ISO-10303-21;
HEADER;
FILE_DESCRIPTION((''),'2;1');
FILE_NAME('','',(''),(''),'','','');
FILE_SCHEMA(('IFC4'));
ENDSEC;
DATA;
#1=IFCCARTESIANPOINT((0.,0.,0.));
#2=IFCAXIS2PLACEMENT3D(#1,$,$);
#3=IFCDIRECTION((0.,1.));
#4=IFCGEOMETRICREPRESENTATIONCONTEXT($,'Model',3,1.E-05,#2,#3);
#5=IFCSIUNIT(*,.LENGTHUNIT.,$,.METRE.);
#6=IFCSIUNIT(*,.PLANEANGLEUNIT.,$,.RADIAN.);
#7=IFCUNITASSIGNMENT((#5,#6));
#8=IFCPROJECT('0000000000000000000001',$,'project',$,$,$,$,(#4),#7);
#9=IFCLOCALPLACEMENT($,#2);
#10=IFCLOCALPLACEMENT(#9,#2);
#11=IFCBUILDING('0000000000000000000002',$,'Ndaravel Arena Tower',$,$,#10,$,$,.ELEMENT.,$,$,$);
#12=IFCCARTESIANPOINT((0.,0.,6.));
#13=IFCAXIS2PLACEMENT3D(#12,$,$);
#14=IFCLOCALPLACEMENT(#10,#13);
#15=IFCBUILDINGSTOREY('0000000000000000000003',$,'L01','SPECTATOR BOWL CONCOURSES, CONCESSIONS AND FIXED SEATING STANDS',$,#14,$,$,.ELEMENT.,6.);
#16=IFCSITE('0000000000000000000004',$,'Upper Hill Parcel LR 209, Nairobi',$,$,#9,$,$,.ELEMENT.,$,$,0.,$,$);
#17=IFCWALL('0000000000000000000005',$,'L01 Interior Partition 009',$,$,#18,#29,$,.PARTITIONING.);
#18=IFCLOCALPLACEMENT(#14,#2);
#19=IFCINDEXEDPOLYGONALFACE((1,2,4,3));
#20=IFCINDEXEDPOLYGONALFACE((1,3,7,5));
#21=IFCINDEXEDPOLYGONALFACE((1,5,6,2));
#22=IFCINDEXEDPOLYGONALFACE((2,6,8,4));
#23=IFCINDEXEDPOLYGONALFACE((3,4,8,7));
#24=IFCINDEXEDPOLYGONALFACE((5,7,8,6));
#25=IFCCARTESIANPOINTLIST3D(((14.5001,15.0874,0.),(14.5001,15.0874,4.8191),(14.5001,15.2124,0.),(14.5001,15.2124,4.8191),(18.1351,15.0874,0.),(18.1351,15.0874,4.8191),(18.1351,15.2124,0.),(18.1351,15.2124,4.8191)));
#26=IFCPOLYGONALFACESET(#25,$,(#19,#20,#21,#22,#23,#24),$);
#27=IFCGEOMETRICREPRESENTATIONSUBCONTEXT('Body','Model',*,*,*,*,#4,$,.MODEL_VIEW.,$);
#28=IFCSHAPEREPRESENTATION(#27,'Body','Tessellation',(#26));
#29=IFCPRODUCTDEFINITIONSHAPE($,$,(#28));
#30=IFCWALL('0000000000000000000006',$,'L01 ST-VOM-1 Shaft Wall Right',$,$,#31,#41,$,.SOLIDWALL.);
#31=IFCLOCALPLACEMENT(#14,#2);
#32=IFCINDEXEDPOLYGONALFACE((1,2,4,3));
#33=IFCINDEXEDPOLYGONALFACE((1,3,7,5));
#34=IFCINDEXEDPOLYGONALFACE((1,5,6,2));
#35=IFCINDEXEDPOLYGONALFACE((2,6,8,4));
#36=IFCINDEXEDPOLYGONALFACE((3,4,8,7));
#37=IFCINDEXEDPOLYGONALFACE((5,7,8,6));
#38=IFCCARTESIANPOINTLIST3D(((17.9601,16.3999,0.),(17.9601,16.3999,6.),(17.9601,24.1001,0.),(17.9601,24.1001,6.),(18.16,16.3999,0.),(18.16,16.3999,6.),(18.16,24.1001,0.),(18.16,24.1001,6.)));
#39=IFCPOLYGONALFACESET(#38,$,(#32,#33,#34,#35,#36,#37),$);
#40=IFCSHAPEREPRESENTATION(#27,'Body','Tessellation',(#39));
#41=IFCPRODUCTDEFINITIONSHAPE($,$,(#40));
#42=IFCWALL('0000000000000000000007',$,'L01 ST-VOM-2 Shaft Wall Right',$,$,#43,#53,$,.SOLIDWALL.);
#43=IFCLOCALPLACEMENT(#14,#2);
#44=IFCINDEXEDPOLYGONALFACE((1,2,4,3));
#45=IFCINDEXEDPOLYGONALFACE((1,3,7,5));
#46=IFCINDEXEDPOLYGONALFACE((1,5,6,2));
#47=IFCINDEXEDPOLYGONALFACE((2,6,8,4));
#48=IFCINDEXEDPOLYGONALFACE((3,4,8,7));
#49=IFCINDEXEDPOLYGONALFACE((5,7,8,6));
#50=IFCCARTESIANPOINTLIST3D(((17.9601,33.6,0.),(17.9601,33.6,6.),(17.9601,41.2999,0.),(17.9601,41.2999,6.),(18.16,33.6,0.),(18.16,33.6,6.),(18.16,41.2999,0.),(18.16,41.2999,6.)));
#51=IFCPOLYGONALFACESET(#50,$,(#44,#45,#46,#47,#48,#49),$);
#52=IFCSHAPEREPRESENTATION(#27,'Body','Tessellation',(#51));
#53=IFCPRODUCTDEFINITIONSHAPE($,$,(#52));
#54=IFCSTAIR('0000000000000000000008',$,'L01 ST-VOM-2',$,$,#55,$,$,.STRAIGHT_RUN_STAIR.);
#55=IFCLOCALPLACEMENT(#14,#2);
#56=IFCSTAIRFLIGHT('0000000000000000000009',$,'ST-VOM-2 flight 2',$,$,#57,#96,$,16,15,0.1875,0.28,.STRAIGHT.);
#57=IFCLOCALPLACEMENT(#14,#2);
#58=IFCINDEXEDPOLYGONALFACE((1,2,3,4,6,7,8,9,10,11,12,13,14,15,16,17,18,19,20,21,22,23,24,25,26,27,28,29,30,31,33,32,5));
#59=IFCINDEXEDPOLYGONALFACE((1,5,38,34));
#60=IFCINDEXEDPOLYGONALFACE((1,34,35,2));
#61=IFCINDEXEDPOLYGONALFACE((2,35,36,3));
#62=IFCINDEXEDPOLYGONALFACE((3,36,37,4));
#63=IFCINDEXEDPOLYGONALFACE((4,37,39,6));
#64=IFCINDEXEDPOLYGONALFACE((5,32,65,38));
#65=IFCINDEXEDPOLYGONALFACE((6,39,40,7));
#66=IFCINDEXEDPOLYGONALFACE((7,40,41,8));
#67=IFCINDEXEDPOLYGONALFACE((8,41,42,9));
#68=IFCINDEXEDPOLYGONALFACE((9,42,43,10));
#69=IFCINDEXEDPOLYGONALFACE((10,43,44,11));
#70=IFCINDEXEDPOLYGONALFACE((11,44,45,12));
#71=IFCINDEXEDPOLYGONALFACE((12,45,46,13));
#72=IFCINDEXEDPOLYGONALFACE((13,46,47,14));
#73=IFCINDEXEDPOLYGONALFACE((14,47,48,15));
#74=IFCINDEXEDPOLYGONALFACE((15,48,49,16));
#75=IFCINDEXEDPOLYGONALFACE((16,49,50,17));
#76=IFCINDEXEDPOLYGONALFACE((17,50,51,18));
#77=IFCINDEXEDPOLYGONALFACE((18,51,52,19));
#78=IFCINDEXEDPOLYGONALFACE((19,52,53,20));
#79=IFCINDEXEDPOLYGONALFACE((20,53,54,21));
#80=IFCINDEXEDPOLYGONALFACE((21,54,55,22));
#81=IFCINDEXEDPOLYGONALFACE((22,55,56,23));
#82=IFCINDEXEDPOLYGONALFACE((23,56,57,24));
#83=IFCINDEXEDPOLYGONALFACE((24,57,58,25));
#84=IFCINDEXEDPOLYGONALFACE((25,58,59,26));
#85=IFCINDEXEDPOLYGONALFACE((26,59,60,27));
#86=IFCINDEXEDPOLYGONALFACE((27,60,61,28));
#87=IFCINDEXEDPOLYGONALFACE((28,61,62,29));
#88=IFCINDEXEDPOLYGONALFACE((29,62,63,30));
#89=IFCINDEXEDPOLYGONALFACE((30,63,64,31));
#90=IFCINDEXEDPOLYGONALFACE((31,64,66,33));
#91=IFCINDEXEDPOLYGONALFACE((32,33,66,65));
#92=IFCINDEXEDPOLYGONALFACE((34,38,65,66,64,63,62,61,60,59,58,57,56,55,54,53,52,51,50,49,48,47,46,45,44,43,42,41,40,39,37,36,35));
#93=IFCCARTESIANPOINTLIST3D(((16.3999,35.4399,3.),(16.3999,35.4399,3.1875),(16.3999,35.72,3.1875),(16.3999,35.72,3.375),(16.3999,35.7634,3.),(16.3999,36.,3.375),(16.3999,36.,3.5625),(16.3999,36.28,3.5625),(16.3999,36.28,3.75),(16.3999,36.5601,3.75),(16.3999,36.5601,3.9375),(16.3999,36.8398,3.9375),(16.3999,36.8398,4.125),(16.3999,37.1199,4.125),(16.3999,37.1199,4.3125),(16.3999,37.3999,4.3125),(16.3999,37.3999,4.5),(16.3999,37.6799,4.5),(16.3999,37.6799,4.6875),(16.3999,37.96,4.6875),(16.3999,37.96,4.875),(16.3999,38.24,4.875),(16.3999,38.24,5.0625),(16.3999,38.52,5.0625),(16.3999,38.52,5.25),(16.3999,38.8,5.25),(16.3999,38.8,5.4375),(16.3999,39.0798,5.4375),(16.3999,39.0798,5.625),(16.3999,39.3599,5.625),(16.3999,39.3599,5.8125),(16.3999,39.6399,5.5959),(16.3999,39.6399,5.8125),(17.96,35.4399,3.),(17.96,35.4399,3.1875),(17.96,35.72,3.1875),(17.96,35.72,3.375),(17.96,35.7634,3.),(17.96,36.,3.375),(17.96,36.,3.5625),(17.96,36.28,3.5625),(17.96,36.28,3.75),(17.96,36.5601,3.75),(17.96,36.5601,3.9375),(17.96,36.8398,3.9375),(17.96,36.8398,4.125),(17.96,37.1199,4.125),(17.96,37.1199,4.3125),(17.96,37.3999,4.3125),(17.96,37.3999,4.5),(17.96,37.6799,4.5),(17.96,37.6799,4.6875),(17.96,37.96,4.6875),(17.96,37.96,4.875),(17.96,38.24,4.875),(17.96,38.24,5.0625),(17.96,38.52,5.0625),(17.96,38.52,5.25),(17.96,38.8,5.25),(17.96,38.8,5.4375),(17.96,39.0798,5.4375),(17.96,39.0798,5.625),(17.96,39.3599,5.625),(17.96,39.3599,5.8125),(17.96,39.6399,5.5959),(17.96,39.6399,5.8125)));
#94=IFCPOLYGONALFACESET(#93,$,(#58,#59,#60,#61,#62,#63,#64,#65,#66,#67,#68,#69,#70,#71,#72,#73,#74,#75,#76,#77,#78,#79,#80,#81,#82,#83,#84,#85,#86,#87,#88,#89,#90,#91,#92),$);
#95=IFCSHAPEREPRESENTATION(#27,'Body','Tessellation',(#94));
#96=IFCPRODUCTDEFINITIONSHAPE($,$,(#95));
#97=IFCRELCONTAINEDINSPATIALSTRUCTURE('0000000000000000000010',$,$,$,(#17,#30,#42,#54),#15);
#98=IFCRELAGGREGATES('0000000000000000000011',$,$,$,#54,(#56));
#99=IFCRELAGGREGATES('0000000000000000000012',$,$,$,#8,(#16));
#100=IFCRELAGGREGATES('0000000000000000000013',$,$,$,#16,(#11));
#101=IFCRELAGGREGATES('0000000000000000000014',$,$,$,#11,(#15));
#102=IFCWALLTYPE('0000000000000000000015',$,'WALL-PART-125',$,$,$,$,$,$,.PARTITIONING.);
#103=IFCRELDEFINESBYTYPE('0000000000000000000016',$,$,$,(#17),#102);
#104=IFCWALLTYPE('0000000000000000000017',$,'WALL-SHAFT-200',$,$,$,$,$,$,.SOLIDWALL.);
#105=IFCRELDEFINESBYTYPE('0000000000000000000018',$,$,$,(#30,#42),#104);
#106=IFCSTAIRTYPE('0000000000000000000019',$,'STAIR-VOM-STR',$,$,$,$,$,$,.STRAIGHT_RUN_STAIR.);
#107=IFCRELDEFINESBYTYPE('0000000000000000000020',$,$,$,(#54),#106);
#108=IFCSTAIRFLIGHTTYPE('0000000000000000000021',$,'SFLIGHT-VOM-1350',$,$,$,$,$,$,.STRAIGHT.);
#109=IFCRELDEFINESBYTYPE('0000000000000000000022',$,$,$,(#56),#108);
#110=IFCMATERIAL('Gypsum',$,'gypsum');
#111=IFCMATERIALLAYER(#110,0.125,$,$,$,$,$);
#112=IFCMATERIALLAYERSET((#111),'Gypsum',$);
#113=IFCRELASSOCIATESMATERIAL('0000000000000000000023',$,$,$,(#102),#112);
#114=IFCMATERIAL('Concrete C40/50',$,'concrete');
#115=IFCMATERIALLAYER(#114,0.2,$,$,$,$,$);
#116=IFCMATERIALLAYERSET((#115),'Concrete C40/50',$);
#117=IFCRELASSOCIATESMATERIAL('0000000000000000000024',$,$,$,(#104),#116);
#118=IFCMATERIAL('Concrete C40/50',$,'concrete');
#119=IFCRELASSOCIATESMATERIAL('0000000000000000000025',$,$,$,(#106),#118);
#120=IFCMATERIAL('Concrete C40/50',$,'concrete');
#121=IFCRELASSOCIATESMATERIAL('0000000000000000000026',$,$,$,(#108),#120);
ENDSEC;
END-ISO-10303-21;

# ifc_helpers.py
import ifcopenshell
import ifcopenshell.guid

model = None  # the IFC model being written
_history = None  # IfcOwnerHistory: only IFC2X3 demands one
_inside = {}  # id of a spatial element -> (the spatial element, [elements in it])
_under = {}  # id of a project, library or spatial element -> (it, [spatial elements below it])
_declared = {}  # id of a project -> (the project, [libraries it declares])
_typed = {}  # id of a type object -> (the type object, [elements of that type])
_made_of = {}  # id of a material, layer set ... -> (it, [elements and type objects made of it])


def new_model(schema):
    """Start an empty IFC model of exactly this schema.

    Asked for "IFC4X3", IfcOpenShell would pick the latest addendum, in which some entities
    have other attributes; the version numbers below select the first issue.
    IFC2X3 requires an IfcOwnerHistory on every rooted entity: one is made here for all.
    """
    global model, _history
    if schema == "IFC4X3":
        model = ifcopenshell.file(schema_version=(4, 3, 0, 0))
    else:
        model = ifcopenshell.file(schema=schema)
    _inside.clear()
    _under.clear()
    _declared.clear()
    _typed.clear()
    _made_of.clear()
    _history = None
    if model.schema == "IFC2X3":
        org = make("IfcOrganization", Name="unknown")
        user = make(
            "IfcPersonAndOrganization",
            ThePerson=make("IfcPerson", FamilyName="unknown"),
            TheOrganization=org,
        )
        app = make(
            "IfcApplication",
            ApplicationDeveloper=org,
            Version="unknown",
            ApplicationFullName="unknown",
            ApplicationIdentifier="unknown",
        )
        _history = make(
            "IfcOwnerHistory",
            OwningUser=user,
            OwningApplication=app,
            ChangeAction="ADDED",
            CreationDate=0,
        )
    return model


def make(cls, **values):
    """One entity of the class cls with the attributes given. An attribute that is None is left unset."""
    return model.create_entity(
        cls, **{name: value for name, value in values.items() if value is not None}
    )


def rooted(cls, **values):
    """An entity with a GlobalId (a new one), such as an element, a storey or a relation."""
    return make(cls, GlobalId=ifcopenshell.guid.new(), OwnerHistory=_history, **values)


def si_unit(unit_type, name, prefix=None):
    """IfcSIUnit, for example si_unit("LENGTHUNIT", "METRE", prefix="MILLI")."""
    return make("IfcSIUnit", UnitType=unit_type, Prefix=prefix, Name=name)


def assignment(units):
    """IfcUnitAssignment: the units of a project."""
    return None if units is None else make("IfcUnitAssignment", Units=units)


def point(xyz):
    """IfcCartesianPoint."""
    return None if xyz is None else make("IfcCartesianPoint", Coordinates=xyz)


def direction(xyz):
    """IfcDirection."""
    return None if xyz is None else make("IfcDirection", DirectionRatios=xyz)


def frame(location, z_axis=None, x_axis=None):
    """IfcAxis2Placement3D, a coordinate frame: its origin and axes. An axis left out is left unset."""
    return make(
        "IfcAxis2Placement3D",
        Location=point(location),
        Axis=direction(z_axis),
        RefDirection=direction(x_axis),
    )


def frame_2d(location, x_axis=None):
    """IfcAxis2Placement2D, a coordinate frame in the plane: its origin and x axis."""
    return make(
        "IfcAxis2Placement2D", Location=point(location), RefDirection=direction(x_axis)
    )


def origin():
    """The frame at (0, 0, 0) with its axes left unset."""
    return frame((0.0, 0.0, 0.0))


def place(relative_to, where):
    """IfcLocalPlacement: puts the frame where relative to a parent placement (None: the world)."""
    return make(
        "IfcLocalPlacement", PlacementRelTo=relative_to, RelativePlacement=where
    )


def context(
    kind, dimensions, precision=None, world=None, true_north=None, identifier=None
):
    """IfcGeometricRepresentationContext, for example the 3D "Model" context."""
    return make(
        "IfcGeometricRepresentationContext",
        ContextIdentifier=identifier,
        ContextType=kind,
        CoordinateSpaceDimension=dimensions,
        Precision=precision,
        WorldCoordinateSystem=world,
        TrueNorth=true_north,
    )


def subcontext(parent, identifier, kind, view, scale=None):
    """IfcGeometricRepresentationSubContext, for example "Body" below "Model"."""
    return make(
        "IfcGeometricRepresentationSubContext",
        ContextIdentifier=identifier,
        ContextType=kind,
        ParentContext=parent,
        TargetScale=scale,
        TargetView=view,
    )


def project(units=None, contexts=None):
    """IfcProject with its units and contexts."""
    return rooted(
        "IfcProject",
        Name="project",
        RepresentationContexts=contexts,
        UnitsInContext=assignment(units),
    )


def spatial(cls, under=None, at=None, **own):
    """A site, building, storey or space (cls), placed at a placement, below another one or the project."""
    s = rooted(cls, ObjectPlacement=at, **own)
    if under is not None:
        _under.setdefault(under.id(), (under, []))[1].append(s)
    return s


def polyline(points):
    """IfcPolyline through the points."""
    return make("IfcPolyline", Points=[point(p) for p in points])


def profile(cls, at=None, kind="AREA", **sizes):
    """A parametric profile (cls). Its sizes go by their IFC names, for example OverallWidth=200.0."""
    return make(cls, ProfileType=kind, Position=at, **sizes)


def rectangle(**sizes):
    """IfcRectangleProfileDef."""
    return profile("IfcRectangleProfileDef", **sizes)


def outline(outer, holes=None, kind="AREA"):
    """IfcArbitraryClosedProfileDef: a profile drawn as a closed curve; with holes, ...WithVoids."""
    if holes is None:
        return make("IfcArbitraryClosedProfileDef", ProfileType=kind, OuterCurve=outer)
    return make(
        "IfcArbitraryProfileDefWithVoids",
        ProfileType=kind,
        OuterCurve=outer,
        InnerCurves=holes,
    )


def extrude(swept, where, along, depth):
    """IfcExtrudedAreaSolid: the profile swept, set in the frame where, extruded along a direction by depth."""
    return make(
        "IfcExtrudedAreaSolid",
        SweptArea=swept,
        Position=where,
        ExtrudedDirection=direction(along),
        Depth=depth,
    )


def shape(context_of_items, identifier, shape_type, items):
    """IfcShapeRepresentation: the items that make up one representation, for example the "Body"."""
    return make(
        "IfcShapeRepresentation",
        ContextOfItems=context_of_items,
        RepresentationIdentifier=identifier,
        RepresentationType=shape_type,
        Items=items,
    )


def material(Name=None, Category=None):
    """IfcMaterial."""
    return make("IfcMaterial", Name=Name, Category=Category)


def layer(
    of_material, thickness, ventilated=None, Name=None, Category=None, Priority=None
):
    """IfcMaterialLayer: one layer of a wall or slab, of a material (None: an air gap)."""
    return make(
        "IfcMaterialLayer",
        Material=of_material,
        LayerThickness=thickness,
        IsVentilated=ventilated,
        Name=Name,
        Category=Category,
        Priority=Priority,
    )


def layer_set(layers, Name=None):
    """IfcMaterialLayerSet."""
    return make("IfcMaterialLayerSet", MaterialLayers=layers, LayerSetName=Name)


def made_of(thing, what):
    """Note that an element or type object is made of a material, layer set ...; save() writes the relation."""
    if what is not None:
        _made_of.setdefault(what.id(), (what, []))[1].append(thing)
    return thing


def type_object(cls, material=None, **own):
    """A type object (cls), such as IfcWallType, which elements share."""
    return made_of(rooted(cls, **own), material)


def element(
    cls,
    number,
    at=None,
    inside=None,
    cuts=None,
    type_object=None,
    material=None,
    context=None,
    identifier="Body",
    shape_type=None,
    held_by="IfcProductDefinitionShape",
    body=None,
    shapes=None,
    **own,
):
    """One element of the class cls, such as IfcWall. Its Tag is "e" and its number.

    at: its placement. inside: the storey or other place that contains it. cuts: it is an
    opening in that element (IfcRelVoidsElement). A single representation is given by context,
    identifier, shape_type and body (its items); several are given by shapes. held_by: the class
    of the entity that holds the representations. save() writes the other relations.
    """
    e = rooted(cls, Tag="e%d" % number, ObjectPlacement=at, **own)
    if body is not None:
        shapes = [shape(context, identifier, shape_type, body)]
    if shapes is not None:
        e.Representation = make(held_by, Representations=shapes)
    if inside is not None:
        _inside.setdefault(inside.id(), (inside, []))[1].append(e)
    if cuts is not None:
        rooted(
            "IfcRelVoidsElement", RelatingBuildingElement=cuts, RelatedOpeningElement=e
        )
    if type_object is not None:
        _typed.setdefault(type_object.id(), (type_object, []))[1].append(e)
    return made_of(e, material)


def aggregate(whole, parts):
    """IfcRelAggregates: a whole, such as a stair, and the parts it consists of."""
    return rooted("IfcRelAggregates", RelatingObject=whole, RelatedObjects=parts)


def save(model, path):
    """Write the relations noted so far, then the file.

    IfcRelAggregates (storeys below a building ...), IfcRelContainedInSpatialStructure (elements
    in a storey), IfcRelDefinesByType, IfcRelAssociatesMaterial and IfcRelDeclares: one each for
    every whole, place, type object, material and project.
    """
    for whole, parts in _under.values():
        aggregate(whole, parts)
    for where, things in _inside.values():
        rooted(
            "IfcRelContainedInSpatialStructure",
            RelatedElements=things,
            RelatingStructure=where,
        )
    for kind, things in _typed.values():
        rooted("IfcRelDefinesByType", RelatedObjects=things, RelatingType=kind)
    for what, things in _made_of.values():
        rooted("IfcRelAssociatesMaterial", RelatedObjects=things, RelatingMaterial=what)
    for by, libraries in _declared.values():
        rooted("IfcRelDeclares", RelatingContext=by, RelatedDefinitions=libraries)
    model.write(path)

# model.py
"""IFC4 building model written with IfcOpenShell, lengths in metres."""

from ifc_helpers import new_model, si_unit, direction, frame, frame_2d, origin, place, context, subcontext, project, spatial, polyline, rectangle, outline, extrude, material, layer, layer_set, type_object, element, aggregate, save


model = new_model("IFC4")

# Units and contexts
model_context = context("Model", 3, precision=1e-05, world=origin(), true_north=direction((0.0, 1.0)))
body_context = subcontext(model_context, "Body", "Model", "MODEL_VIEW")
ifc_project = project(units=[si_unit("LENGTHUNIT", "METRE"), si_unit("PLANEANGLEUNIT", "RADIAN")], contexts=[model_context])

# Site, building, storey
site_placement = place(None, origin())
site = spatial("IfcSite", under=ifc_project, at=site_placement, Name="Upper Hill Parcel LR 209, Nairobi", CompositionType="ELEMENT", RefElevation=0.0)
building_placement = place(site_placement, origin())
building = spatial("IfcBuilding", under=site, at=building_placement, Name="Ndaravel Arena Tower", CompositionType="ELEMENT")
storey_placement = place(building_placement, frame((0.0, 0.0, 6.0)))
storey = spatial("IfcBuildingStorey", under=building, at=storey_placement, Name="L01", Description="SPECTATOR BOWL CONCOURSES, CONCESSIONS AND FIXED SEATING STANDS", CompositionType="ELEMENT", Elevation=6.0)

# Walls
ifc_material_1 = material(Name="Gypsum", Category="gypsum")
ifc_layer_1 = layer(ifc_material_1, 0.125)
ifc_layer_set_1 = layer_set([ifc_layer_1], Name="Gypsum")
wall_type_1 = type_object("IfcWallType", Name="WALL-PART-125", PredefinedType="PARTITIONING", material=ifc_layer_set_1)
wall_1_placement = place(storey_placement, frame((18.135, 15.1499, 0.0), z_axis=(0.0, 0.0, 1.0), x_axis=(-1.0, 0.0, 0.0)))
element("IfcWall", 1, at=wall_1_placement, inside=storey, type_object=wall_type_1, Name="L01 Interior Partition 009", PredefinedType="PARTITIONING", context=body_context, shape_type="SweptSolid", body=[
    extrude(rectangle(XDim=3.635, YDim=0.125, at=frame_2d((1.8174, 0.0))), origin(), (0.0, 0.0, 1.0), 4.8191),
])
ifc_material_2 = material(Name="Concrete C40/50", Category="concrete")
ifc_layer_2 = layer(ifc_material_2, 0.2)
ifc_layer_set_2 = layer_set([ifc_layer_2], Name="Concrete C40/50")
wall_type_2 = type_object("IfcWallType", Name="WALL-SHAFT-200", PredefinedType="SOLIDWALL", material=ifc_layer_set_2)
wall_2_placement = place(storey_placement, frame((18.0601, 24.1001, 0.0), z_axis=(0.0, 0.0, 1.0), x_axis=(0.0, -1.0, 0.0)))
element("IfcWall", 2, at=wall_2_placement, inside=storey, type_object=wall_type_2, Name="L01 ST-VOM-1 Shaft Wall Right", PredefinedType="SOLIDWALL", context=body_context, shape_type="SweptSolid", body=[
    extrude(rectangle(XDim=7.7002, YDim=0.2, at=frame_2d((3.8501, 0.0))), origin(), (0.0, 0.0, 1.0), 6.0),
])
wall_3_placement = place(storey_placement, frame((18.0601, 41.3, 0.0), z_axis=(0.0, 0.0, 1.0), x_axis=(0.0, -1.0, 0.0)))
element("IfcWall", 3, at=wall_3_placement, inside=storey, type_object=wall_type_2, Name="L01 ST-VOM-2 Shaft Wall Right", PredefinedType="SOLIDWALL", context=body_context, shape_type="SweptSolid", body=[
    extrude(rectangle(XDim=7.7, YDim=0.2, at=frame_2d((3.8501, 0.0))), origin(), (0.0, 0.0, 1.0), 6.0),
])

# Stair, stair flight
ifc_material_3 = material(Name="Concrete C40/50", Category="concrete")
stair_type = type_object("IfcStairType", Name="STAIR-VOM-STR", PredefinedType="STRAIGHT_RUN_STAIR", material=ifc_material_3)
stair_placement = place(storey_placement, origin())
stair = element("IfcStair", 4, at=stair_placement, inside=storey, type_object=stair_type, Name="L01 ST-VOM-2", PredefinedType="STRAIGHT_RUN_STAIR")
ifc_material_4 = material(Name="Concrete C40/50", Category="concrete")
stair_flight_type = type_object("IfcStairFlightType", Name="SFLIGHT-VOM-1350", PredefinedType="STRAIGHT", material=ifc_material_4)
stair_flight_placement = place(storey_placement, frame((17.1799, 35.4399, 3.0), z_axis=(0.0, 0.0, 1.0), x_axis=(0.0, 1.0, 0.0)))
stair_flight = element("IfcStairFlight", 5, at=stair_flight_placement, type_object=stair_flight_type, Name="ST-VOM-2 flight 2", NumberOfRisers=16, NumberOfTreads=15, PredefinedType="STRAIGHT", RiserHeight=0.1875, TreadLength=0.28, context=body_context, shape_type="SweptSolid", body=[
    extrude(outline(polyline([(0.0, 0.0), (0.0, 0.1875), (0.28, 0.1875), (0.28, 0.375), (0.5601, 0.375), (0.5601, 0.5625), (0.8401, 0.5625), (0.8401, 0.75), (1.1201, 0.75), (1.1201, 0.9375), (1.3999, 0.9375), (1.3999, 1.125), (1.6799, 1.125), (1.6799, 1.3125), (1.96, 1.3125), (1.96, 1.5), (2.24, 1.5), (2.24, 1.6875), (2.52, 1.6875), (2.52, 1.875), (2.8, 1.875), (2.8, 2.0625), (3.0801, 2.0625), (3.0801, 2.25), (3.3601, 2.25), (3.3601, 2.4375), (3.6399, 2.4375), (3.6399, 2.625), (3.9199, 2.625), (3.9199, 2.8125), (4.2, 2.8125), (4.2, 3.0), (4.2, 2.5959), (0.3235, 0.0), (0.0, 0.0)])), frame((0.0, 0.78, 0.0), z_axis=(0.0, -1.0, 0.0), x_axis=(1.0, 0.0, 0.0)), (0.0, 0.0, 1.0), 1.5601),
])
aggregate(stair, [stair_flight])

save(model, "model.ifc")
